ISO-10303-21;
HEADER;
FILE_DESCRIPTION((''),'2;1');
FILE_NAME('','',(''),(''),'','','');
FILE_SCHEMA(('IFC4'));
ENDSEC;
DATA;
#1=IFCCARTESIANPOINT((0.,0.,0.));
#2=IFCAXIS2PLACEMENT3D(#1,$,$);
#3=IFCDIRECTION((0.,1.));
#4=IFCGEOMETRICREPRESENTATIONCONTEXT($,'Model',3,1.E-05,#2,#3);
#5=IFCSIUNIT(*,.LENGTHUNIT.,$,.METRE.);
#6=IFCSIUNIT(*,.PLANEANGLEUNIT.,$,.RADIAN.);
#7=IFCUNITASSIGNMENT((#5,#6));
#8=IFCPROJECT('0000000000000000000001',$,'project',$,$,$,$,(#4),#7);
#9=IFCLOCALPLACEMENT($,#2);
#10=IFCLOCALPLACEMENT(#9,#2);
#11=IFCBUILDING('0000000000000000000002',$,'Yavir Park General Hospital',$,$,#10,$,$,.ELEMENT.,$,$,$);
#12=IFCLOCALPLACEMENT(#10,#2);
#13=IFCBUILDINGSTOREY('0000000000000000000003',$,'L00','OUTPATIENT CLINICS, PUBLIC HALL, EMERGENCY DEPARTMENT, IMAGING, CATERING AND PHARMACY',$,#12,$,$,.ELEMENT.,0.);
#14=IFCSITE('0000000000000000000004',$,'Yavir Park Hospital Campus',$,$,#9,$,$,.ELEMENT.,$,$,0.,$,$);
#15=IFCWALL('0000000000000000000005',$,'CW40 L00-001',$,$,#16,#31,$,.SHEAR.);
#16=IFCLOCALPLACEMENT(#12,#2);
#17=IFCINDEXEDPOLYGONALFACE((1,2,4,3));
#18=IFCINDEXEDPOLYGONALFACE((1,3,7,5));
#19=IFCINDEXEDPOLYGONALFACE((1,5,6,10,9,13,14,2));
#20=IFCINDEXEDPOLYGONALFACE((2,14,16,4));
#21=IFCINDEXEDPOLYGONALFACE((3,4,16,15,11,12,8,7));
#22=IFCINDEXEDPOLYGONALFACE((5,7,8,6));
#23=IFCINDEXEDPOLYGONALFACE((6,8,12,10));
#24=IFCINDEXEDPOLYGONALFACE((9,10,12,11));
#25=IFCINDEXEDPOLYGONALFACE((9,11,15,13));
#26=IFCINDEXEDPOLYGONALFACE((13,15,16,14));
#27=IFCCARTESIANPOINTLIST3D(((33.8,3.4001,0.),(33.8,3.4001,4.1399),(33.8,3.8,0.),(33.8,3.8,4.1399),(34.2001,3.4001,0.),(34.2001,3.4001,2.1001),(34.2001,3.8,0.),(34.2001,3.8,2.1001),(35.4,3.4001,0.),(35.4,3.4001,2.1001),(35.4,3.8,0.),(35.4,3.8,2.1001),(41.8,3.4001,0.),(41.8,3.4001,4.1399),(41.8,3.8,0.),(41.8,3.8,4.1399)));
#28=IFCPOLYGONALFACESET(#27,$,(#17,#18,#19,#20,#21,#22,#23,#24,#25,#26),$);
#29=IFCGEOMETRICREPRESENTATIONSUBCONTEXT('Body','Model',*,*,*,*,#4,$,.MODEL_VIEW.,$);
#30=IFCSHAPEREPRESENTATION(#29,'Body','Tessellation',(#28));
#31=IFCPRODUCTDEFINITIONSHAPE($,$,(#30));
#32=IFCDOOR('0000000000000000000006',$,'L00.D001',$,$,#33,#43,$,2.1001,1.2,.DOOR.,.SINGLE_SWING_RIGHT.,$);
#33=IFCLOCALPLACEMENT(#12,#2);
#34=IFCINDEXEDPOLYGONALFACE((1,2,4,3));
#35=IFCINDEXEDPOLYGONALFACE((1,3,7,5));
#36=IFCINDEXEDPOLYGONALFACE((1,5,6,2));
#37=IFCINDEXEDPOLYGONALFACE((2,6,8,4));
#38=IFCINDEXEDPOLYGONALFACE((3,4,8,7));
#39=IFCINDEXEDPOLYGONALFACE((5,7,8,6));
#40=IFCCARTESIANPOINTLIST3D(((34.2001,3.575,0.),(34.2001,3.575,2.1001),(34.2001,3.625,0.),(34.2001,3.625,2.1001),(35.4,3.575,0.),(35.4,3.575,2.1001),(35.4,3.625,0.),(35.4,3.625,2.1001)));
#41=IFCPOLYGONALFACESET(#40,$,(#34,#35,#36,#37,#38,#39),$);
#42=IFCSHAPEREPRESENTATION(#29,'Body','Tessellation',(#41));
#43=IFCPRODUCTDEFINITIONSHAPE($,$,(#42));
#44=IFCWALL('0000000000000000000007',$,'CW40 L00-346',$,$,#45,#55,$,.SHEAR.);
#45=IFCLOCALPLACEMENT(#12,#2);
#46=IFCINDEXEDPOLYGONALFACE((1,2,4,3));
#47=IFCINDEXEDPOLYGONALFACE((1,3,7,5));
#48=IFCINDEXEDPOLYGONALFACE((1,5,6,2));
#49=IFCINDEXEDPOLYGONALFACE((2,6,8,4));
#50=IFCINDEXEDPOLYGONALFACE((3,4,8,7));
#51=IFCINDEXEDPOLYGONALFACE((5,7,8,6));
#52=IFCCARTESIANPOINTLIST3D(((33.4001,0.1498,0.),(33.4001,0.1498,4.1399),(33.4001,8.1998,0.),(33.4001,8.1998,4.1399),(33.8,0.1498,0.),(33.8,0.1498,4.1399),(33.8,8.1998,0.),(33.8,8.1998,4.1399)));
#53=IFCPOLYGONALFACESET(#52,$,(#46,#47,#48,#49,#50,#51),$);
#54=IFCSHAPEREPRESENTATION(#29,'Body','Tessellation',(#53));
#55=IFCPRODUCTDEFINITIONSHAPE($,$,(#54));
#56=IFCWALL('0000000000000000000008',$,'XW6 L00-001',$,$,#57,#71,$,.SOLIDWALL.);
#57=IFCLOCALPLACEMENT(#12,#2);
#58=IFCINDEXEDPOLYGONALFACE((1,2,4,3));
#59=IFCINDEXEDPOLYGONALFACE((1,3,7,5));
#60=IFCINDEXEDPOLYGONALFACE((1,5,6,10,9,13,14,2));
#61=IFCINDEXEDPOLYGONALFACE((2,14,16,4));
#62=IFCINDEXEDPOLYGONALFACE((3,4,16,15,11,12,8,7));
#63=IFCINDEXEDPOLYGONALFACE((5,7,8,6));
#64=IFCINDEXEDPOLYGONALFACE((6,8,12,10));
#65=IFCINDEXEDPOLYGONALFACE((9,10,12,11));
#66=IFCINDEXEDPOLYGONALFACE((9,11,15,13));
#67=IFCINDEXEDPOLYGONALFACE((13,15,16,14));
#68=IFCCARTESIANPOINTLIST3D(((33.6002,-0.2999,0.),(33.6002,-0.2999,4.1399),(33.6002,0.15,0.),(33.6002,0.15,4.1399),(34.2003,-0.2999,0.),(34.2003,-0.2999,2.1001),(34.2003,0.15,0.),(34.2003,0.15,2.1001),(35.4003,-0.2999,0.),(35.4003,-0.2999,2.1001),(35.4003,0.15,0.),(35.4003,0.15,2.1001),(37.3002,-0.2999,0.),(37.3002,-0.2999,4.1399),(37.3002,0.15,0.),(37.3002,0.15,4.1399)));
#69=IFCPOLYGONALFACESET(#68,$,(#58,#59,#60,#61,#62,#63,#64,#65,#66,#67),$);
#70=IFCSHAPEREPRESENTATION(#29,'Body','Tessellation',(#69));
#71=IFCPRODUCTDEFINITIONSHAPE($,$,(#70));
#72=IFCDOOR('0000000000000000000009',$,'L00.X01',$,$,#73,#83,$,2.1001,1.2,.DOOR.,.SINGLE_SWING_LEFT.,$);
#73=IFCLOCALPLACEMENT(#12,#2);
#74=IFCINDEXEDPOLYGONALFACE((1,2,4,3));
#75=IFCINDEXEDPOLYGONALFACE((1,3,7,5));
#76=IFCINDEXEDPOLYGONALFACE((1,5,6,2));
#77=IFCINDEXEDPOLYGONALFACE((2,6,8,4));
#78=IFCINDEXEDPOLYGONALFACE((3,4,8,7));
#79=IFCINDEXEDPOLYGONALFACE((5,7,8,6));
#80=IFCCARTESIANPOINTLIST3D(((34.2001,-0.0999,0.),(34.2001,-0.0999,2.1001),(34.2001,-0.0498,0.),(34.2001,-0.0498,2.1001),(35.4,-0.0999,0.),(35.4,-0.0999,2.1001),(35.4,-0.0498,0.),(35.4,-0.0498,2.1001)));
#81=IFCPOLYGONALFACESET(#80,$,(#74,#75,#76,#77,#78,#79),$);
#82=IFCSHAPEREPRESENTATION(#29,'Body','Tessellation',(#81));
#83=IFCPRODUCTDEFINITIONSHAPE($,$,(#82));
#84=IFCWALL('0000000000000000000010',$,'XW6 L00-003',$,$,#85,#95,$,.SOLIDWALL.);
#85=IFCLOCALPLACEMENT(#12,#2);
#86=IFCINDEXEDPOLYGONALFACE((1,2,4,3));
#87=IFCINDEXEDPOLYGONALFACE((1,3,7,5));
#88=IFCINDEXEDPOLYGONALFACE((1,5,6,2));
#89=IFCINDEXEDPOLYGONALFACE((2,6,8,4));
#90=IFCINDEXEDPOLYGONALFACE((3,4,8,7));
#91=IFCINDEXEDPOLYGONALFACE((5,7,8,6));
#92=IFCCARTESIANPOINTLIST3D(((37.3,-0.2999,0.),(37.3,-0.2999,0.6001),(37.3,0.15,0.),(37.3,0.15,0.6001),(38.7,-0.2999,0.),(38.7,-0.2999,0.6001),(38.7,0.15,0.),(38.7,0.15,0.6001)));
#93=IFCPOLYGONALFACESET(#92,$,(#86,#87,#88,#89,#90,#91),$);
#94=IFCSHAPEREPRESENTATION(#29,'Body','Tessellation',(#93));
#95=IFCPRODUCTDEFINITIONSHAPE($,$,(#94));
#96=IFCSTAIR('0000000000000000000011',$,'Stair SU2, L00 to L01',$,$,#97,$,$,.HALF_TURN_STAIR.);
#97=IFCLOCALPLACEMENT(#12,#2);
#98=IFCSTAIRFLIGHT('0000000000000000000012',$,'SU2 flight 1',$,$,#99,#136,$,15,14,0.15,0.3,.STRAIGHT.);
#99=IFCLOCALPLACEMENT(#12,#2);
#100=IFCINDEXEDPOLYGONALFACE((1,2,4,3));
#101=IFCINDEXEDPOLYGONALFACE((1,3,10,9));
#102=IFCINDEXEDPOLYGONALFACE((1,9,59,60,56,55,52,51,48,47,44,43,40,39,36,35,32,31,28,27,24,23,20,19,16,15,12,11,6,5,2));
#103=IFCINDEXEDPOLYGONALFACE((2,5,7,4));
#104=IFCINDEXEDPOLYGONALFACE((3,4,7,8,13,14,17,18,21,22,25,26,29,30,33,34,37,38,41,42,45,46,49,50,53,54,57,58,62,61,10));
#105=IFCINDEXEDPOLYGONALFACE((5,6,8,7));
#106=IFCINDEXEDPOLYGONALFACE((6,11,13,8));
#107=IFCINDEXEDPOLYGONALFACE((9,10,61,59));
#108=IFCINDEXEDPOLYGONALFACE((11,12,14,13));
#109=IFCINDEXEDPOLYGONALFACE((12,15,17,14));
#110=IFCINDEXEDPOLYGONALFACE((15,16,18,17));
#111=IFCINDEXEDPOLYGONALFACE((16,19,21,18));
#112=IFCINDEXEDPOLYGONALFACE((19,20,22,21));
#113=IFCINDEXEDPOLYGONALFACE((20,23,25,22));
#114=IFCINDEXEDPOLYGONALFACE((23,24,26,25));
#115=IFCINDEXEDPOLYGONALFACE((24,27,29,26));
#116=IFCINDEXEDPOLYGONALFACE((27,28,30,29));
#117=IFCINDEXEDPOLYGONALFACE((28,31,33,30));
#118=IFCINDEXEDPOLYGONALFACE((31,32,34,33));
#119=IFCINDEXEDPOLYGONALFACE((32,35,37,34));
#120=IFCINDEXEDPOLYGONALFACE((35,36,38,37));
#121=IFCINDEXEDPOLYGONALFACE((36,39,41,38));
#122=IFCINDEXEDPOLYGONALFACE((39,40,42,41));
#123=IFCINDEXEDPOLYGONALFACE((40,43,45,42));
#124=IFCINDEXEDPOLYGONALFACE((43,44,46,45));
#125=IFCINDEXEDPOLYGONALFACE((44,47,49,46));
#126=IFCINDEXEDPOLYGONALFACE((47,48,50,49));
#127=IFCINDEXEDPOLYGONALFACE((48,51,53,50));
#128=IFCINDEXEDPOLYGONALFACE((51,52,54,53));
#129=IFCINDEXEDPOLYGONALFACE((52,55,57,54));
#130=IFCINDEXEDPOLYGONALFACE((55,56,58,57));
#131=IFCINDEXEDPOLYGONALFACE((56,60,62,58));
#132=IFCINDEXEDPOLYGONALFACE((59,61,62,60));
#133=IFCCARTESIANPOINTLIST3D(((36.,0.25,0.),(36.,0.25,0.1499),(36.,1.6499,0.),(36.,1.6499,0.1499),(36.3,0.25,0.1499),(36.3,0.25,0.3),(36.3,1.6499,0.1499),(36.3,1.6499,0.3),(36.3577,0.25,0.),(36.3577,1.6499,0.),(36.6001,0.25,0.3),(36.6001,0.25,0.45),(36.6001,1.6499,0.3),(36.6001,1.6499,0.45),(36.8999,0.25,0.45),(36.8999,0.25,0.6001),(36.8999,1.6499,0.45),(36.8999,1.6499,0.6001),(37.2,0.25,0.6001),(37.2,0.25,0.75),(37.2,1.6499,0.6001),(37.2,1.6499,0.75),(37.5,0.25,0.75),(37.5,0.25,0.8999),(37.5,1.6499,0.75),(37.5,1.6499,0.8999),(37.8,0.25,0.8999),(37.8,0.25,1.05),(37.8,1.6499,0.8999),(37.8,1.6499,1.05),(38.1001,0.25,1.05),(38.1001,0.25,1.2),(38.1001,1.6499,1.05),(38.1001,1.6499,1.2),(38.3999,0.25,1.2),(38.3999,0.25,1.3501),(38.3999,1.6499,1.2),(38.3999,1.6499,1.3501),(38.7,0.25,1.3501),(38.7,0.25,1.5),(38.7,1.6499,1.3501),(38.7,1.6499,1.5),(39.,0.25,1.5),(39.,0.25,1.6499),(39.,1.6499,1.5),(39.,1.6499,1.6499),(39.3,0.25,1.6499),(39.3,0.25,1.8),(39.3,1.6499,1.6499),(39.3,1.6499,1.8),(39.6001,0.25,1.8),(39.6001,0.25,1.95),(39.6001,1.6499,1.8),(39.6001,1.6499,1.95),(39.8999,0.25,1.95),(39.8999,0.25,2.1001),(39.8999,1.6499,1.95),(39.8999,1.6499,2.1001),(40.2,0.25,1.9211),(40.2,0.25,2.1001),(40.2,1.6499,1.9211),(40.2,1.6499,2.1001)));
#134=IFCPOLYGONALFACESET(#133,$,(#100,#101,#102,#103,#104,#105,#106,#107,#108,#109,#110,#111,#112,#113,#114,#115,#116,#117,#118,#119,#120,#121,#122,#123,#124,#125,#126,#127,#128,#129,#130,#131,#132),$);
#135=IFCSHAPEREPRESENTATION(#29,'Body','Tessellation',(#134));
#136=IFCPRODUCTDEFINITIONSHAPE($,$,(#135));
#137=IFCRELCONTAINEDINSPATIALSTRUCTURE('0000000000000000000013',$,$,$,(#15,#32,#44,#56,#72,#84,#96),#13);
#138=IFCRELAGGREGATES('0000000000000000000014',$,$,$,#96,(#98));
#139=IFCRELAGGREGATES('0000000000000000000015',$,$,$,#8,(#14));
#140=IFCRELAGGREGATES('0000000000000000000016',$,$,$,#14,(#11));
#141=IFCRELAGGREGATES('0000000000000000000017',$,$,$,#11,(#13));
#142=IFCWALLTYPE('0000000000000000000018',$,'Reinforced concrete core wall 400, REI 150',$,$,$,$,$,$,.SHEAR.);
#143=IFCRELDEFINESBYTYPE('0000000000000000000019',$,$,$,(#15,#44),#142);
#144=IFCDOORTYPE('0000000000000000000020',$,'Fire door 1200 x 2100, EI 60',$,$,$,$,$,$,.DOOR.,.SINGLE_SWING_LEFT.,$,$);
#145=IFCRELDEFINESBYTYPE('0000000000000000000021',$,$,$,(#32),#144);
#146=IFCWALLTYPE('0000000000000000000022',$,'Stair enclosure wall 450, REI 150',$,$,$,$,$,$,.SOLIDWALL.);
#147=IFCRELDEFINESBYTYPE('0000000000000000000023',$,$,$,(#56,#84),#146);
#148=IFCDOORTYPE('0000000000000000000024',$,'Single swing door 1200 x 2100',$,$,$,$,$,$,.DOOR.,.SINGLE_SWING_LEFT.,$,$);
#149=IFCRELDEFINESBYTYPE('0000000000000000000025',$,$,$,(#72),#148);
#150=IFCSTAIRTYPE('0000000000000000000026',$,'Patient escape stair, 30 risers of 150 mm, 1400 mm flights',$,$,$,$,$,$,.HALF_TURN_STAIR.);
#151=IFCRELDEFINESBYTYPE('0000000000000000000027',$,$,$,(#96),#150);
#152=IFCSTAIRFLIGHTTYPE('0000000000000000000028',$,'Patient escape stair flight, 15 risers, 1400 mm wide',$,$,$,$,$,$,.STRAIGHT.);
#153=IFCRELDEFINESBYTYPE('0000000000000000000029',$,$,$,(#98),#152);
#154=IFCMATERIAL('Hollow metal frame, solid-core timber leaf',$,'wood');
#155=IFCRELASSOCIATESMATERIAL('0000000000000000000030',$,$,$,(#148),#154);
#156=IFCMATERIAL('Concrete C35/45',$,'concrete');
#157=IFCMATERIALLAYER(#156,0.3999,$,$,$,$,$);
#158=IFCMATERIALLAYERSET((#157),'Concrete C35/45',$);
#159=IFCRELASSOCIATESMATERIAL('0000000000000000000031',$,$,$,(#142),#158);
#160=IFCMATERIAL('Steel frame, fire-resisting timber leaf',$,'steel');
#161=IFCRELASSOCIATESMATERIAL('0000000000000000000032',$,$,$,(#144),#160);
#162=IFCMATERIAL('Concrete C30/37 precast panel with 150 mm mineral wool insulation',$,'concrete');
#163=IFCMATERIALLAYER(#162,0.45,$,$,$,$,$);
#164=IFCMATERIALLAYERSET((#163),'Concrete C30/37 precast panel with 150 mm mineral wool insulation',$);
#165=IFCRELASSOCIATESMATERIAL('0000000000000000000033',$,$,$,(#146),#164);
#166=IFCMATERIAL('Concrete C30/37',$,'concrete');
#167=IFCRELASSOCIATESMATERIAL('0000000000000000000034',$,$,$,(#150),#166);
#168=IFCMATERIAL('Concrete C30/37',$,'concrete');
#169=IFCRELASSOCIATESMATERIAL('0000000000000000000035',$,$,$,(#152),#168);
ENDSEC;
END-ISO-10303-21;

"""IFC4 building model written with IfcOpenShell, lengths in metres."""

from ifc_helpers import new_model, si_unit, direction, frame, frame_2d, origin, place, context, subcontext, project, spatial, polyline, rectangle, outline, extrude, material, layer, layer_set, type_object, element, fill, aggregate, save


model = new_model("IFC4")

# Units and contexts
model_context = context("Model", 3, precision=1e-05, world=origin(), true_north=direction((0.0, 1.0)))
body_context = subcontext(model_context, "Body", "Model", "MODEL_VIEW")
ifc_project = project(units=[si_unit("LENGTHUNIT", "METRE"), si_unit("PLANEANGLEUNIT", "RADIAN")], contexts=[model_context])

# Site, building, storey
site_placement = place(None, origin())
site = spatial("IfcSite", under=ifc_project, at=site_placement, Name="Yavir Park Hospital Campus", CompositionType="ELEMENT", RefElevation=0.0)
building_placement = place(site_placement, origin())
building = spatial("IfcBuilding", under=site, at=building_placement, Name="Yavir Park General Hospital", CompositionType="ELEMENT")
storey_placement = place(building_placement, origin())
storey = spatial("IfcBuildingStorey", under=building, at=storey_placement, Name="L00", Description="OUTPATIENT CLINICS, PUBLIC HALL, EMERGENCY DEPARTMENT, IMAGING, CATERING AND PHARMACY", CompositionType="ELEMENT", Elevation=0.0)

# Shared definitions
ifc_material_1 = material(Name="Hollow metal frame, solid-core timber leaf", Category="wood")
door_type_1 = type_object("IfcDoorType", Name="Single swing door 1200 x 2100", OperationType="SINGLE_SWING_LEFT", PredefinedType="DOOR", material=ifc_material_1)

# Wall, opening, door
ifc_material_2 = material(Name="Concrete C35/45", Category="concrete")
ifc_layer_1 = layer(ifc_material_2, 0.3999)
ifc_layer_set_1 = layer_set([ifc_layer_1], Name="Concrete C35/45")
wall_type_1 = type_object("IfcWallType", Name="Reinforced concrete core wall 400, REI 150", PredefinedType="SHEAR", material=ifc_layer_set_1)
wall_1_placement = place(storey_placement, frame((33.8, 3.6001, 0.0), z_axis=(0.0, 0.0, 1.0), x_axis=(1.0, 0.0, 0.0)))
wall_1 = element("IfcWall", 1, at=wall_1_placement, inside=storey, type_object=wall_type_1, Name="CW40 L00-001", PredefinedType="SHEAR", context=body_context, shape_type="SweptSolid", body=[
    extrude(rectangle(XDim=8.0, YDim=0.3999, at=frame_2d((4.0, 0.0))), origin(), (0.0, 0.0, 1.0), 4.1399),
])
opening_1_placement = place(wall_1_placement, frame((0.3999, 0.0, 0.0)))
opening_1 = element("IfcOpeningElement", 2, at=opening_1_placement, cuts=wall_1, PredefinedType="OPENING", context=body_context, shape_type="SweptSolid", body=[
    extrude(rectangle(XDim=1.2, YDim=2.1001, at=frame_2d((0.6001, 1.05))), frame((0.0, 0.21, 0.0), z_axis=(0.0, -1.0, 0.0), x_axis=(1.0, 0.0, 0.0)), (0.0, 0.0, 1.0), 0.4199),
])
ifc_material_3 = material(Name="Steel frame, fire-resisting timber leaf", Category="steel")
door_type_2 = type_object("IfcDoorType", Name="Fire door 1200 x 2100, EI 60", OperationType="SINGLE_SWING_LEFT", PredefinedType="DOOR", material=ifc_material_3)
door_1_placement = place(opening_1_placement, origin())
door_1 = element("IfcDoor", 3, at=door_1_placement, inside=storey, type_object=door_type_2, Name="L00.D001", OperationType="SINGLE_SWING_RIGHT", OverallHeight=2.1001, OverallWidth=1.2, PredefinedType="DOOR", context=body_context, shape_type="SweptSolid", body=[
    extrude(rectangle(XDim=1.2, YDim=2.1001, at=frame_2d((0.6001, 1.05))), frame((0.0, 0.0249, 0.0), z_axis=(0.0, -1.0, 0.0), x_axis=(1.0, 0.0, 0.0)), (0.0, 0.0, 1.0), 0.05),
])
fill(opening_1, door_1)

# Wall
wall_2_placement = place(storey_placement, frame((33.6001, 0.1499, 0.0), z_axis=(0.0, 0.0, 1.0), x_axis=(0.0, 1.0, 0.0)))
element("IfcWall", 4, at=wall_2_placement, inside=storey, type_object=wall_type_1, Name="CW40 L00-346", PredefinedType="SHEAR", context=body_context, shape_type="SweptSolid", body=[
    extrude(rectangle(XDim=8.05, YDim=0.3999, at=frame_2d((4.0249, 0.0))), origin(), (0.0, 0.0, 1.0), 4.1399),
])

# Wall, opening, door
ifc_material_4 = material(Name="Concrete C30/37 precast panel with 150 mm mineral wool insulation", Category="concrete")
ifc_layer_2 = layer(ifc_material_4, 0.45)
ifc_layer_set_2 = layer_set([ifc_layer_2], Name="Concrete C30/37 precast panel with 150 mm mineral wool insulation")
wall_type_2 = type_object("IfcWallType", Name="Stair enclosure wall 450, REI 150", PredefinedType="SOLIDWALL", material=ifc_layer_set_2)
wall_3_placement = place(storey_placement, frame((33.6001, -0.075, 0.0), z_axis=(0.0, 0.0, 1.0), x_axis=(1.0, 0.0, 0.0)))
wall_3 = element("IfcWall", 5, at=wall_3_placement, inside=storey, type_object=wall_type_2, Name="XW6 L00-001", PredefinedType="SOLIDWALL", context=body_context, shape_type="SweptSolid", body=[
    extrude(rectangle(XDim=3.7, YDim=0.45, at=frame_2d((1.8501, 0.0))), origin(), (0.0, 0.0, 1.0), 4.1399),
])
opening_2_placement = place(wall_3_placement, frame((0.6001, 0.0, 0.0)))
opening_2 = element("IfcOpeningElement", 6, at=opening_2_placement, cuts=wall_3, PredefinedType="OPENING", context=body_context, shape_type="SweptSolid", body=[
    extrude(rectangle(XDim=1.2, YDim=2.1001, at=frame_2d((0.6001, 1.05))), frame((0.0, 0.2349, 0.0), z_axis=(0.0, -1.0, 0.0), x_axis=(1.0, 0.0, 0.0)), (0.0, 0.0, 1.0), 0.47),
])
door_2_placement = place(opening_2_placement, frame((1.2, 0.0, 0.0), x_axis=(-1.0, 0.0, 0.0)))
door_2 = element("IfcDoor", 7, at=door_2_placement, inside=storey, type_object=door_type_1, Name="L00.X01", OperationType="SINGLE_SWING_LEFT", OverallHeight=2.1001, OverallWidth=1.2, PredefinedType="DOOR", context=body_context, shape_type="SweptSolid", body=[
    extrude(rectangle(XDim=1.2, YDim=2.1001, at=frame_2d((0.6001, 1.05))), frame((0.0, 0.0249, 0.0), z_axis=(0.0, -1.0, 0.0), x_axis=(1.0, 0.0, 0.0)), (0.0, 0.0, 1.0), 0.05),
])
fill(opening_2, door_2)

# Wall
wall_4_placement = place(storey_placement, frame((37.3, -0.075, 0.0), z_axis=(0.0, 0.0, 1.0), x_axis=(1.0, 0.0, 0.0)))
element("IfcWall", 8, at=wall_4_placement, inside=storey, type_object=wall_type_2, Name="XW6 L00-003", PredefinedType="SOLIDWALL", context=body_context, shape_type="SweptSolid", body=[
    extrude(rectangle(XDim=1.3999, YDim=0.45, at=frame_2d((0.7, 0.0))), origin(), (0.0, 0.0, 1.0), 0.6001),
])

# Stair, stair flight
ifc_material_5 = material(Name="Concrete C30/37", Category="concrete")
stair_type = type_object("IfcStairType", Name="Patient escape stair, 30 risers of 150 mm, 1400 mm flights", PredefinedType="HALF_TURN_STAIR", material=ifc_material_5)
stair_placement = place(storey_placement, origin())
stair = element("IfcStair", 9, at=stair_placement, inside=storey, type_object=stair_type, Name="Stair SU2, L00 to L01", PredefinedType="HALF_TURN_STAIR")
ifc_material_6 = material(Name="Concrete C30/37", Category="concrete")
stair_flight_type = type_object("IfcStairFlightType", Name="Patient escape stair flight, 15 risers, 1400 mm wide", PredefinedType="STRAIGHT", material=ifc_material_6)
stair_flight_placement = place(storey_placement, frame((36.0, 0.95, 0.0), z_axis=(0.0, 0.0, 1.0), x_axis=(1.0, 0.0, 0.0)))
stair_flight = element("IfcStairFlight", 10, at=stair_flight_placement, type_object=stair_flight_type, Name="SU2 flight 1", NumberOfRisers=15, NumberOfTreads=14, PredefinedType="STRAIGHT", RiserHeight=0.15, TreadLength=0.3, context=body_context, shape_type="SweptSolid", body=[
    extrude(outline(polyline([(0.0, 0.0), (0.0, 0.1499), (0.3, 0.1499), (0.3, 0.3), (0.6001, 0.3), (0.6001, 0.45), (0.8999, 0.45), (0.8999, 0.6001), (1.2, 0.6001), (1.2, 0.75), (1.5, 0.75), (1.5, 0.8999), (1.8, 0.8999), (1.8, 1.05), (2.1001, 1.05), (2.1001, 1.2), (2.3999, 1.2), (2.3999, 1.3501), (2.7, 1.3501), (2.7, 1.5), (3.0, 1.5), (3.0, 1.6499), (3.3, 1.6499), (3.3, 1.8), (3.6001, 1.8), (3.6001, 1.95), (3.8999, 1.95), (3.8999, 2.1001), (4.2, 2.1001), (4.2, 2.25), (4.2, 1.9211), (0.3577, 0.0), (0.0, 0.0)])), frame((0.0, 0.7, 0.0), z_axis=(0.0, -1.0, 0.0), x_axis=(1.0, 0.0, 0.0)), (0.0, 0.0, 1.0), 1.3999),
])
aggregate(stair, [stair_flight])

save(model, "model.ifc")
